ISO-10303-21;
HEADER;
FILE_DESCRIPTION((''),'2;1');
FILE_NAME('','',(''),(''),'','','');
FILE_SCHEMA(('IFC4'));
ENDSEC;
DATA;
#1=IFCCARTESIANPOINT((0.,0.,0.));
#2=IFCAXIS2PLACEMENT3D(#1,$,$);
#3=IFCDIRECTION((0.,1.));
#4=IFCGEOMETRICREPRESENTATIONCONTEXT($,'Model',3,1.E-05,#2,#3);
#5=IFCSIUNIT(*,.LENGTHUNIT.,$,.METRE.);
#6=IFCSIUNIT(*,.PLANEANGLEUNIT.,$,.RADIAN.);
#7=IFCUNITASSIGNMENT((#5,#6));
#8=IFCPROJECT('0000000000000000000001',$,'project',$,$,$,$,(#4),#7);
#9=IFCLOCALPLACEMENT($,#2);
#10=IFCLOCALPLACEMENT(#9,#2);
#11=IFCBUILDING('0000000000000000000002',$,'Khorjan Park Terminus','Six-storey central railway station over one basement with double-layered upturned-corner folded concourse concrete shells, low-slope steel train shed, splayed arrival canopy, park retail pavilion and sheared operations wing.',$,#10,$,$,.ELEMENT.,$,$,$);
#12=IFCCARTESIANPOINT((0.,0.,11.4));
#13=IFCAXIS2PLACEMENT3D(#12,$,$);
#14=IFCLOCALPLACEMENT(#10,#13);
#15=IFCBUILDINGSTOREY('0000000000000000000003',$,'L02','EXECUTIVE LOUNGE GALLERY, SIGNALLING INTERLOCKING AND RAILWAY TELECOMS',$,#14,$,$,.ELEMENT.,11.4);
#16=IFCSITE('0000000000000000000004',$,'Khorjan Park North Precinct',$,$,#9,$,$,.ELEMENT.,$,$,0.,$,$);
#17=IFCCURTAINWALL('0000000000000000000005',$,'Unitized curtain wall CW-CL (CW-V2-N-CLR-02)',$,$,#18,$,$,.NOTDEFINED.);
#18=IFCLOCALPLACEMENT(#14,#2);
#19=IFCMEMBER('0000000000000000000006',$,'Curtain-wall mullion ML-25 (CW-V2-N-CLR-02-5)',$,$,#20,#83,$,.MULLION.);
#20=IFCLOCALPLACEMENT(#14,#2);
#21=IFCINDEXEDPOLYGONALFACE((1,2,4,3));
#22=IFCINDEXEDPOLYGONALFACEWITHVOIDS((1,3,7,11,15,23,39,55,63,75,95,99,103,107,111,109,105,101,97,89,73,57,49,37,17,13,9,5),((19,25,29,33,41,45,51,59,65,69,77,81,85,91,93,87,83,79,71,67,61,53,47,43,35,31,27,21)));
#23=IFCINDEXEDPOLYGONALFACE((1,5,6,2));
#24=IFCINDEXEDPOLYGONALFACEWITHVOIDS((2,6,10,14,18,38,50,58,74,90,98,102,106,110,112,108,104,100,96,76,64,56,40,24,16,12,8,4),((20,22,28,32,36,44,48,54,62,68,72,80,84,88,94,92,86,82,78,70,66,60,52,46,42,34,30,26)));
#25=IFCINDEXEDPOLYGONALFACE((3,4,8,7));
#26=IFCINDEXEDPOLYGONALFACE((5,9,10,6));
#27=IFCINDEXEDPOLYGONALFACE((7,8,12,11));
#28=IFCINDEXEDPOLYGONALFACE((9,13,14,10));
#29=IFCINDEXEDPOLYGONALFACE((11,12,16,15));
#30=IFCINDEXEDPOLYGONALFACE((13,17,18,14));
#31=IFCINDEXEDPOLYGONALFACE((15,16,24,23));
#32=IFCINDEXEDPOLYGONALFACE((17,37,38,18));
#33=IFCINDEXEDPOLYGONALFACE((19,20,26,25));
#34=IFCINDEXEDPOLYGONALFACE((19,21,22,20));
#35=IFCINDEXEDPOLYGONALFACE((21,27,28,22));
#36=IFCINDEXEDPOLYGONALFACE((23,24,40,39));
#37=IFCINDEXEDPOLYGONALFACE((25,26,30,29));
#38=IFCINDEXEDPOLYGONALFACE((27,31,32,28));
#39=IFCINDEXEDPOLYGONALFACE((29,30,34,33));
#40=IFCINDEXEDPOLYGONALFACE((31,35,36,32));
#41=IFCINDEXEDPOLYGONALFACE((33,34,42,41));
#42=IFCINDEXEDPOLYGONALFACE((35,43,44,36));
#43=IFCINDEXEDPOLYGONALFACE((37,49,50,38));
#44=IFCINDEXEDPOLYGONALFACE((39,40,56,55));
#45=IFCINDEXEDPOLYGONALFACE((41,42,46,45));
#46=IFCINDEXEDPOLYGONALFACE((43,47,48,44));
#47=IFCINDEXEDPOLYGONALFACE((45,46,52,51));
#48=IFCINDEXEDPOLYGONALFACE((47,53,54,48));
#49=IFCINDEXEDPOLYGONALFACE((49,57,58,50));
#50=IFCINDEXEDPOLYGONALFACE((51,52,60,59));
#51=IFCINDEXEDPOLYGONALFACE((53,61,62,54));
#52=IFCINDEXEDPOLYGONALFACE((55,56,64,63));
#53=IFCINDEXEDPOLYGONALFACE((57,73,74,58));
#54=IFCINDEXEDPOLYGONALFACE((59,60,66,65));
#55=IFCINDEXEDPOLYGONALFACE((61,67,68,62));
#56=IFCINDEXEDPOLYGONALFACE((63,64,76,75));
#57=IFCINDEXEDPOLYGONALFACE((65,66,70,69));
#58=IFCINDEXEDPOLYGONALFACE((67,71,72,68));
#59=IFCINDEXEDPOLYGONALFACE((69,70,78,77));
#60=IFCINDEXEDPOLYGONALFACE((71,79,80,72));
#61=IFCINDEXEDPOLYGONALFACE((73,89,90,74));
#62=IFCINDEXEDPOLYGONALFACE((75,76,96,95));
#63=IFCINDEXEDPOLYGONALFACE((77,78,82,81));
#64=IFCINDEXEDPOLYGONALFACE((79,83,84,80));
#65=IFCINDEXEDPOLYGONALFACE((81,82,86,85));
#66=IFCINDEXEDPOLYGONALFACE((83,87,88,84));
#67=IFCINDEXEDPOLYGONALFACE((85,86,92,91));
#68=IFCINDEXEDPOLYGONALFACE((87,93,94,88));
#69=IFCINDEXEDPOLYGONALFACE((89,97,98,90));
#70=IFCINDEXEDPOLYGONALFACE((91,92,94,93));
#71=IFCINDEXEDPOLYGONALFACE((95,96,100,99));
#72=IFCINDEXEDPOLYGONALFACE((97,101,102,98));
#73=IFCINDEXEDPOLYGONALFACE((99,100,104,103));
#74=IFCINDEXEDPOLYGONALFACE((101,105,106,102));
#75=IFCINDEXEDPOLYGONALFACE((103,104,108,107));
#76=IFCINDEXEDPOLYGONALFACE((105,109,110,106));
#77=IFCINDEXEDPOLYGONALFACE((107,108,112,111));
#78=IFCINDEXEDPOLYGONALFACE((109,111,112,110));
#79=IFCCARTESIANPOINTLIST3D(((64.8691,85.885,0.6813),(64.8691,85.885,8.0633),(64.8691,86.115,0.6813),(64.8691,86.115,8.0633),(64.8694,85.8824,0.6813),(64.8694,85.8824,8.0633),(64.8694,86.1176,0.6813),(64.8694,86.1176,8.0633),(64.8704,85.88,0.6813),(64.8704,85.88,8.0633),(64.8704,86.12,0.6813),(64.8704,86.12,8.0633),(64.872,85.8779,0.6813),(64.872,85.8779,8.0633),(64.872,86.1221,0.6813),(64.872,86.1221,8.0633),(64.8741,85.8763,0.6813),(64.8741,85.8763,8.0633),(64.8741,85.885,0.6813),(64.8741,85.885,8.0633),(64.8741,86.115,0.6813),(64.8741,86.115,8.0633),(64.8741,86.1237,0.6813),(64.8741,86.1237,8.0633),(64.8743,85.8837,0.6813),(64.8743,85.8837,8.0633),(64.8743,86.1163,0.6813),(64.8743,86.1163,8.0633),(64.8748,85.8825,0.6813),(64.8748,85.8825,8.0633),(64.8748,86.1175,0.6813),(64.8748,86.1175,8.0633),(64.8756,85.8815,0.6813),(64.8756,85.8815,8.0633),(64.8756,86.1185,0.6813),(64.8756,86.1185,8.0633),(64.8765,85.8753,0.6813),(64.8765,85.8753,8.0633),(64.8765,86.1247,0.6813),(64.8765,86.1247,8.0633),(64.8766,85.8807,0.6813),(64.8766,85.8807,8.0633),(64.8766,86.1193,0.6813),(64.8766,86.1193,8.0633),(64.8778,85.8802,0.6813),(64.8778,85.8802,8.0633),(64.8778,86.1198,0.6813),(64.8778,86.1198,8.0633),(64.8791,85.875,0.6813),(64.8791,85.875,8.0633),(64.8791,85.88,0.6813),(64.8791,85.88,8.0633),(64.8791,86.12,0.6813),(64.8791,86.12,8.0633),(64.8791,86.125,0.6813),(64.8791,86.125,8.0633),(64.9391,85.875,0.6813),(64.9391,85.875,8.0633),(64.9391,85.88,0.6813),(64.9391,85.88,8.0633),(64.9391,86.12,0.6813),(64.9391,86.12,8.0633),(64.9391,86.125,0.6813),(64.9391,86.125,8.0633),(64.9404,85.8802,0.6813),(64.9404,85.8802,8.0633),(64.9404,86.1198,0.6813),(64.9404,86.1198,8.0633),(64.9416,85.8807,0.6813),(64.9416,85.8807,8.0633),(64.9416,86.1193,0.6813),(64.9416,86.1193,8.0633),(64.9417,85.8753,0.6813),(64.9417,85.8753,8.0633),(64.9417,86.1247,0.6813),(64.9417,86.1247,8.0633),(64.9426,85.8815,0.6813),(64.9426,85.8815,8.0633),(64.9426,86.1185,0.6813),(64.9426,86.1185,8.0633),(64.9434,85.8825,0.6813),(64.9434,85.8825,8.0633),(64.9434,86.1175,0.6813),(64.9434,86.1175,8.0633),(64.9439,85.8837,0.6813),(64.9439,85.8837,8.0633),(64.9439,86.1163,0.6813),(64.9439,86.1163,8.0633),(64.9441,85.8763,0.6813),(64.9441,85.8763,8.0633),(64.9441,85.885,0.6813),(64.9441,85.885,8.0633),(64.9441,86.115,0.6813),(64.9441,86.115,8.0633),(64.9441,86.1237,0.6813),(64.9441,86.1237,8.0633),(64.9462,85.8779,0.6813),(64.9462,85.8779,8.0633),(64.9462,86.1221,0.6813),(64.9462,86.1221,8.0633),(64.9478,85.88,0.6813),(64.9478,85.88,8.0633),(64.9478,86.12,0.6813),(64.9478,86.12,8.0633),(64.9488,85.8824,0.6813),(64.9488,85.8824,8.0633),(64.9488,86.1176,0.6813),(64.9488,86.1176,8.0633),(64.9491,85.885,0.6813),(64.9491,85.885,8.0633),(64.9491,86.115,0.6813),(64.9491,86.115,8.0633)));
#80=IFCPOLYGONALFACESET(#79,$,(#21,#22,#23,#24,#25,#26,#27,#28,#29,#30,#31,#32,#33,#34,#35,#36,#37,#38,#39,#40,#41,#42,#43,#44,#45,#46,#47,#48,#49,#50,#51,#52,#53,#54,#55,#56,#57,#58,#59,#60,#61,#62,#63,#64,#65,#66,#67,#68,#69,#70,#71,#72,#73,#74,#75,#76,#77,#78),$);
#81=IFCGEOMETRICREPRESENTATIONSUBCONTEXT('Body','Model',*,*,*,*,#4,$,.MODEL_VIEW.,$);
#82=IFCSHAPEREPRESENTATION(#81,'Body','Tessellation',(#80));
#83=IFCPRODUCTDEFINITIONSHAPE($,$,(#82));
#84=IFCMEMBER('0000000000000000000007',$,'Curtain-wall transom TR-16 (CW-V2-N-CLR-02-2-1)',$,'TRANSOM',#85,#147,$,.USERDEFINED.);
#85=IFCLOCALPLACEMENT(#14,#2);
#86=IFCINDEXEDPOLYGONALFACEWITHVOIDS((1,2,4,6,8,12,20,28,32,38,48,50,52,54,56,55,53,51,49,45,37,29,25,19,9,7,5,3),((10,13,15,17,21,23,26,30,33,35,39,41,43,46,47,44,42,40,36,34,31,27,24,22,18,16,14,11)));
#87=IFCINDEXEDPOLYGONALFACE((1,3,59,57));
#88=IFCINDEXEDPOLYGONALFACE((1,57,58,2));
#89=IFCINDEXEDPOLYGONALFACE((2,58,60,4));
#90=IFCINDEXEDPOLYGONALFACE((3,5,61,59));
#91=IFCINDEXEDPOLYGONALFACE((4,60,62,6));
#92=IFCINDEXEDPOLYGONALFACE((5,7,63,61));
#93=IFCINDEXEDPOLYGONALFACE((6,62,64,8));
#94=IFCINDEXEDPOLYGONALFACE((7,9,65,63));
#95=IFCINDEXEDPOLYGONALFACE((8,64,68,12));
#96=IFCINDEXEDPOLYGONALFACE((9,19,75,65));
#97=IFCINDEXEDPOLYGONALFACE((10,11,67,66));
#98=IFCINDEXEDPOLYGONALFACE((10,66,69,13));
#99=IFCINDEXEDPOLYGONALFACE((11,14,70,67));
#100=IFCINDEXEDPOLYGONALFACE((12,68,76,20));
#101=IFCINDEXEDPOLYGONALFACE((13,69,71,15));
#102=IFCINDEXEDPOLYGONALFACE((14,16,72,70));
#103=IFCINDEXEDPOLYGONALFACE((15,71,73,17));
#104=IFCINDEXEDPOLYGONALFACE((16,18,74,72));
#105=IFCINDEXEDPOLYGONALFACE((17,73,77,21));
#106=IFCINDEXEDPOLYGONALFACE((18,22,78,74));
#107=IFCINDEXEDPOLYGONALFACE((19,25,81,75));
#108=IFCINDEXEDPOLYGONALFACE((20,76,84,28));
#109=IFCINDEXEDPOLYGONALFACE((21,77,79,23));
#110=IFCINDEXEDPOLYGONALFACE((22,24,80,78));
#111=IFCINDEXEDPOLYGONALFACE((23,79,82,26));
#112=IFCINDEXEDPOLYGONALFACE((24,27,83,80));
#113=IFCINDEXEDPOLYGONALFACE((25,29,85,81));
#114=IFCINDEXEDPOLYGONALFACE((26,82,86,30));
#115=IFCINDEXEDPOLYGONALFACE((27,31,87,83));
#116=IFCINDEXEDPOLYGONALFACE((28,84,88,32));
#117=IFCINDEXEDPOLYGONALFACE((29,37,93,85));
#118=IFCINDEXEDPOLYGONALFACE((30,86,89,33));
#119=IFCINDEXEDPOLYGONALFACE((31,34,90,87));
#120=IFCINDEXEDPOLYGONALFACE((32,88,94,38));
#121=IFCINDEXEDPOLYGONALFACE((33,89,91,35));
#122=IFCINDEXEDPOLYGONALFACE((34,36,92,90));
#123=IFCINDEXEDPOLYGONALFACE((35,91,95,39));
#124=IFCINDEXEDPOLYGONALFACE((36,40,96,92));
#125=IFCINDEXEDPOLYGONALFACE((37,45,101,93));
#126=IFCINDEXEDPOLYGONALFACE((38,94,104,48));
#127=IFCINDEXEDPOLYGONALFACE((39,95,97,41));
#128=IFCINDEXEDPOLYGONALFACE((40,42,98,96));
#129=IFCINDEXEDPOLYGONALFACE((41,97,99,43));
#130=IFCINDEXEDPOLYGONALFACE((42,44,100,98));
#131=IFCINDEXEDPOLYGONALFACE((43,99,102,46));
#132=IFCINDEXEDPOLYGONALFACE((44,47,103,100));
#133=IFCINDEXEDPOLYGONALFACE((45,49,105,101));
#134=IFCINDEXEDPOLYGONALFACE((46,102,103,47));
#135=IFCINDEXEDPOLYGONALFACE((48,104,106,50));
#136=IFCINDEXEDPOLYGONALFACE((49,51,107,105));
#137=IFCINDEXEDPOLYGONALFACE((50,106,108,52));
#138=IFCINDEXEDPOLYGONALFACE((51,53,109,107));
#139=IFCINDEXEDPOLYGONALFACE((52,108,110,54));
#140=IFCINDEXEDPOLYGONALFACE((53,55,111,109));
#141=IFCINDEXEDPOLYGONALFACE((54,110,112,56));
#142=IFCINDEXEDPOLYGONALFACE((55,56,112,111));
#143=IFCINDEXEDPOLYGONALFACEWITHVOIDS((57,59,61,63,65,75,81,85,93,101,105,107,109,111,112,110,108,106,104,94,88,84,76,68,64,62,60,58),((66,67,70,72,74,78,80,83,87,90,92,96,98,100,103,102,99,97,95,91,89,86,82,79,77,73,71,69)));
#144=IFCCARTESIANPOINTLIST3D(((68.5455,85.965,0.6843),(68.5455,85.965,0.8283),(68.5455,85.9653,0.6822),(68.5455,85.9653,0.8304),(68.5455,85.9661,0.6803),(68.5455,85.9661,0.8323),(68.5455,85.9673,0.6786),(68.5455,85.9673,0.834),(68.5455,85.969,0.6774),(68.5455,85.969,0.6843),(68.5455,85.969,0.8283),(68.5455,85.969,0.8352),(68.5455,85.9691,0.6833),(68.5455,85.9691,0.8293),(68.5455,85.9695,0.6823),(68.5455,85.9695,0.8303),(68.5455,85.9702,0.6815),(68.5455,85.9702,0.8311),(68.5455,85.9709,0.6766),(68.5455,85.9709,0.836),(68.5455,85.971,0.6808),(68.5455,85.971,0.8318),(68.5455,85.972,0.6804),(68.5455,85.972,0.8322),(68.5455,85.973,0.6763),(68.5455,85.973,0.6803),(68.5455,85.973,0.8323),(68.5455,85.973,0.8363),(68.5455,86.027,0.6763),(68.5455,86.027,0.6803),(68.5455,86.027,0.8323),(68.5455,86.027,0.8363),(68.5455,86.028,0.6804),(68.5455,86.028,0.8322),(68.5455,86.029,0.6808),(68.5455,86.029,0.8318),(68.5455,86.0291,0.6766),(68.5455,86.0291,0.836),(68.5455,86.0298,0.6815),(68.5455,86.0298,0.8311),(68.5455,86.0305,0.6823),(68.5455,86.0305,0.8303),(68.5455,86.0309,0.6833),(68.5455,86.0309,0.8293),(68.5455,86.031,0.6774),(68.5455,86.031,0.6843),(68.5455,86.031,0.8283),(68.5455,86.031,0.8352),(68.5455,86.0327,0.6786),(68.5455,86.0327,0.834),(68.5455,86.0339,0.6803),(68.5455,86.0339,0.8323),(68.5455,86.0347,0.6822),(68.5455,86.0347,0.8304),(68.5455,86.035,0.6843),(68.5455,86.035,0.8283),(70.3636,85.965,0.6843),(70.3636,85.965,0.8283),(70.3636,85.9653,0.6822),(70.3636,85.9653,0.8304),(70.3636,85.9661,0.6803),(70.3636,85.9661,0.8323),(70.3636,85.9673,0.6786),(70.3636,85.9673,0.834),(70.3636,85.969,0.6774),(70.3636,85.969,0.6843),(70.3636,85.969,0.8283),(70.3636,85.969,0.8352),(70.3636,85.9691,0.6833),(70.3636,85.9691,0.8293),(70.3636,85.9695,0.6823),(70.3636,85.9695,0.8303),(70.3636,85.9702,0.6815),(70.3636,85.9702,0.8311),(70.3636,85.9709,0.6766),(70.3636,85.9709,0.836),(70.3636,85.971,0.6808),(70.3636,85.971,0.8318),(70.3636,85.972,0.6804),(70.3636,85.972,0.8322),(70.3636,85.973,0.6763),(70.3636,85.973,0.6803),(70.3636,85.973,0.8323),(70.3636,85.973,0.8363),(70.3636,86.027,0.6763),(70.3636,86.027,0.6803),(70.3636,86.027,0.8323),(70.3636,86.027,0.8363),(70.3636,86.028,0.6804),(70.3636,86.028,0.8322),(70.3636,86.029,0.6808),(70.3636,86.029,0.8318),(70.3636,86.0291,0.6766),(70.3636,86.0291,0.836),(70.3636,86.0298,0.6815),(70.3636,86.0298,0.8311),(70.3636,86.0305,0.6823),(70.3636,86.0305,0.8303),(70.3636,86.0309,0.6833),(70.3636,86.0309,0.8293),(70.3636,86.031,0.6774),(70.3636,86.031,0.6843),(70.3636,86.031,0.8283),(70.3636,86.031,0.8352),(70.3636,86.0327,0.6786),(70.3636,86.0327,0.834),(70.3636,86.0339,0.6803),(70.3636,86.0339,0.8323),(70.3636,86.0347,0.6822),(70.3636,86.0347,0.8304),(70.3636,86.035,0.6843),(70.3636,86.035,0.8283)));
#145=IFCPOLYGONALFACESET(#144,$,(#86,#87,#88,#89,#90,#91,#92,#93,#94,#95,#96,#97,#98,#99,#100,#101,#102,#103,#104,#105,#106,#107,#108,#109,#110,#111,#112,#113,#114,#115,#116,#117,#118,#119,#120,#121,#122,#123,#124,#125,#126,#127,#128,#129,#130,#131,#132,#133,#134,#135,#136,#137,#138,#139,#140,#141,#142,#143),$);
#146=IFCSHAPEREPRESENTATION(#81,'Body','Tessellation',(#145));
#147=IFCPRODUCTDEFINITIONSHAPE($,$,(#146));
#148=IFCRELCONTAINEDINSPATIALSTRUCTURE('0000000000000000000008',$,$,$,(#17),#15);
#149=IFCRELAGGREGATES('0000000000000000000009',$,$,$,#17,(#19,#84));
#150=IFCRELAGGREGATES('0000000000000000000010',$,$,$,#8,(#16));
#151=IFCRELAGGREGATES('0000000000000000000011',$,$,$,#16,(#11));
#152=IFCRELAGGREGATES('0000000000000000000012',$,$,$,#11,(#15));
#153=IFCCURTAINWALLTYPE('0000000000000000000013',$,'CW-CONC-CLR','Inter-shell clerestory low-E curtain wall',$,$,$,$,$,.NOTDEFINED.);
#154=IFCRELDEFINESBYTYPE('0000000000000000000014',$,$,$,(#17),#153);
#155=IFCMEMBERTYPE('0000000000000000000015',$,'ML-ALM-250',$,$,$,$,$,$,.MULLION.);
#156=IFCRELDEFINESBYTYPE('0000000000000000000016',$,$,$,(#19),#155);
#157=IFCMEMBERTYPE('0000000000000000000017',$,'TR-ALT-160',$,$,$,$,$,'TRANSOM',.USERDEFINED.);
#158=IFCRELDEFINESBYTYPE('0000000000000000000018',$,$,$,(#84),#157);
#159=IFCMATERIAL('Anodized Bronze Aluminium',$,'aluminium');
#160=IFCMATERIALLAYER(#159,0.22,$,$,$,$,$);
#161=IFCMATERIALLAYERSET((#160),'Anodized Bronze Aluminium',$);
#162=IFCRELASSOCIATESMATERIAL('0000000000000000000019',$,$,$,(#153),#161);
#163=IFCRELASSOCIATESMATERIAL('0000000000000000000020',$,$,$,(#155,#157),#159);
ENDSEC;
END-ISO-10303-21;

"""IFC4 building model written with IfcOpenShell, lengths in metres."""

from ifc_helpers import new_model, si_unit, direction, frame, origin, origin_2d, place, context, subcontext, project, spatial, hollow_rectangle, extrude, material, layer, layer_set, material_profile, profile_set, type_object, element, aggregate, save


model = new_model("IFC4")

# Units and contexts
model_context = context("Model", 3, precision=1e-05, world=origin(), true_north=direction((0.0, 1.0)))
body_context = subcontext(model_context, "Body", "Model", "MODEL_VIEW")
ifc_project = project(units=[si_unit("LENGTHUNIT", "METRE"), si_unit("PLANEANGLEUNIT", "RADIAN")], contexts=[model_context])

# Site, building, storey
site_placement = place(None, origin())
site = spatial("IfcSite", under=ifc_project, at=site_placement, Name="Khorjan Park North Precinct", CompositionType="ELEMENT", RefElevation=0.0)
building_placement = place(site_placement, origin())
building = spatial("IfcBuilding", under=site, at=building_placement, Name="Khorjan Park Terminus", Description="Six-storey central railway station over one basement with double-layered upturned-corner folded concourse concrete shells, low-slope steel train shed, splayed arrival canopy, park retail pavilion and sheared operations wing.", CompositionType="ELEMENT")
storey_placement = place(building_placement, frame((0.0, 0.0, 11.4)))
storey = spatial("IfcBuildingStorey", under=building, at=storey_placement, Name="L02", Description="EXECUTIVE LOUNGE GALLERY, SIGNALLING INTERLOCKING AND RAILWAY TELECOMS", CompositionType="ELEMENT", Elevation=11.4)

# Curtain wall, members
ifc_material_1 = material(Name="Anodized Bronze Aluminium", Category="aluminium")
ifc_layer_1 = layer(ifc_material_1, 0.22)
ifc_layer_set_1 = layer_set([ifc_layer_1], Name="Anodized Bronze Aluminium")
curtain_wall_type = type_object("IfcCurtainWallType", Name="CW-CONC-CLR", Description="Inter-shell clerestory low-E curtain wall", PredefinedType="NOTDEFINED", material=ifc_layer_set_1)
curtain_wall_placement = place(storey_placement, origin())
curtain_wall = element("IfcCurtainWall", 1, at=curtain_wall_placement, inside=storey, type_object=curtain_wall_type, Name="Unitized curtain wall CW-CL (CW-V2-N-CLR-02)", PredefinedType="NOTDEFINED")
ifc_material_profile_1 = material_profile(ifc_material_1, hollow_rectangle(XDim=0.08, YDim=0.25, WallThickness=0.005, InnerFilletRadius=0.005, OuterFilletRadius=0.01, at=origin_2d()), Name="ALM 80x250x5")
ifc_profile_set_1 = profile_set([ifc_material_profile_1], Name="Anodized Bronze Aluminium")
member_type_1 = type_object("IfcMemberType", Name="ML-ALM-250", PredefinedType="MULLION", material=ifc_profile_set_1)
member_1_placement = place(storey_placement, frame((64.9091, 86.0, 0.6813), z_axis=(0.0, 0.0, 1.0), x_axis=(-1.0, 0.0, 0.0)))
member_1 = element("IfcMember", 2, at=member_1_placement, type_object=member_type_1, Name="Curtain-wall mullion ML-25 (CW-V2-N-CLR-02-5)", PredefinedType="MULLION", context=body_context, shape_type="SweptSolid", body=[
    extrude(hollow_rectangle(XDim=0.08, YDim=0.25, WallThickness=0.005, InnerFilletRadius=0.005, OuterFilletRadius=0.01, at=origin_2d()), origin(), (0.0, 0.0, 1.0), 7.382),
])
ifc_material_profile_2 = material_profile(ifc_material_1, hollow_rectangle(XDim=0.07, YDim=0.16, WallThickness=0.004, InnerFilletRadius=0.004, OuterFilletRadius=0.008, at=origin_2d()), Name="ALT 70x160x4")
ifc_profile_set_2 = profile_set([ifc_material_profile_2], Name="Anodized Bronze Aluminium")
member_type_2 = type_object("IfcMemberType", Name="TR-ALT-160", ElementType="TRANSOM", PredefinedType="USERDEFINED", material=ifc_profile_set_2)
member_2_placement = place(storey_placement, frame((70.3636, 86.0, 0.7563), z_axis=(-1.0, 0.0, 0.0), x_axis=(0.0, -1.0, 0.0)))
member_2 = element("IfcMember", 3, at=member_2_placement, type_object=member_type_2, Name="Curtain-wall transom TR-16 (CW-V2-N-CLR-02-2-1)", ObjectType="TRANSOM", PredefinedType="USERDEFINED", context=body_context, shape_type="SweptSolid", body=[
    extrude(hollow_rectangle(XDim=0.07, YDim=0.16, WallThickness=0.004, InnerFilletRadius=0.004, OuterFilletRadius=0.008, at=origin_2d()), origin(), (0.0, 0.0, 1.0), 1.8181),
])

aggregate(curtain_wall, [member_1, member_2])

save(model, "model.ifc")
